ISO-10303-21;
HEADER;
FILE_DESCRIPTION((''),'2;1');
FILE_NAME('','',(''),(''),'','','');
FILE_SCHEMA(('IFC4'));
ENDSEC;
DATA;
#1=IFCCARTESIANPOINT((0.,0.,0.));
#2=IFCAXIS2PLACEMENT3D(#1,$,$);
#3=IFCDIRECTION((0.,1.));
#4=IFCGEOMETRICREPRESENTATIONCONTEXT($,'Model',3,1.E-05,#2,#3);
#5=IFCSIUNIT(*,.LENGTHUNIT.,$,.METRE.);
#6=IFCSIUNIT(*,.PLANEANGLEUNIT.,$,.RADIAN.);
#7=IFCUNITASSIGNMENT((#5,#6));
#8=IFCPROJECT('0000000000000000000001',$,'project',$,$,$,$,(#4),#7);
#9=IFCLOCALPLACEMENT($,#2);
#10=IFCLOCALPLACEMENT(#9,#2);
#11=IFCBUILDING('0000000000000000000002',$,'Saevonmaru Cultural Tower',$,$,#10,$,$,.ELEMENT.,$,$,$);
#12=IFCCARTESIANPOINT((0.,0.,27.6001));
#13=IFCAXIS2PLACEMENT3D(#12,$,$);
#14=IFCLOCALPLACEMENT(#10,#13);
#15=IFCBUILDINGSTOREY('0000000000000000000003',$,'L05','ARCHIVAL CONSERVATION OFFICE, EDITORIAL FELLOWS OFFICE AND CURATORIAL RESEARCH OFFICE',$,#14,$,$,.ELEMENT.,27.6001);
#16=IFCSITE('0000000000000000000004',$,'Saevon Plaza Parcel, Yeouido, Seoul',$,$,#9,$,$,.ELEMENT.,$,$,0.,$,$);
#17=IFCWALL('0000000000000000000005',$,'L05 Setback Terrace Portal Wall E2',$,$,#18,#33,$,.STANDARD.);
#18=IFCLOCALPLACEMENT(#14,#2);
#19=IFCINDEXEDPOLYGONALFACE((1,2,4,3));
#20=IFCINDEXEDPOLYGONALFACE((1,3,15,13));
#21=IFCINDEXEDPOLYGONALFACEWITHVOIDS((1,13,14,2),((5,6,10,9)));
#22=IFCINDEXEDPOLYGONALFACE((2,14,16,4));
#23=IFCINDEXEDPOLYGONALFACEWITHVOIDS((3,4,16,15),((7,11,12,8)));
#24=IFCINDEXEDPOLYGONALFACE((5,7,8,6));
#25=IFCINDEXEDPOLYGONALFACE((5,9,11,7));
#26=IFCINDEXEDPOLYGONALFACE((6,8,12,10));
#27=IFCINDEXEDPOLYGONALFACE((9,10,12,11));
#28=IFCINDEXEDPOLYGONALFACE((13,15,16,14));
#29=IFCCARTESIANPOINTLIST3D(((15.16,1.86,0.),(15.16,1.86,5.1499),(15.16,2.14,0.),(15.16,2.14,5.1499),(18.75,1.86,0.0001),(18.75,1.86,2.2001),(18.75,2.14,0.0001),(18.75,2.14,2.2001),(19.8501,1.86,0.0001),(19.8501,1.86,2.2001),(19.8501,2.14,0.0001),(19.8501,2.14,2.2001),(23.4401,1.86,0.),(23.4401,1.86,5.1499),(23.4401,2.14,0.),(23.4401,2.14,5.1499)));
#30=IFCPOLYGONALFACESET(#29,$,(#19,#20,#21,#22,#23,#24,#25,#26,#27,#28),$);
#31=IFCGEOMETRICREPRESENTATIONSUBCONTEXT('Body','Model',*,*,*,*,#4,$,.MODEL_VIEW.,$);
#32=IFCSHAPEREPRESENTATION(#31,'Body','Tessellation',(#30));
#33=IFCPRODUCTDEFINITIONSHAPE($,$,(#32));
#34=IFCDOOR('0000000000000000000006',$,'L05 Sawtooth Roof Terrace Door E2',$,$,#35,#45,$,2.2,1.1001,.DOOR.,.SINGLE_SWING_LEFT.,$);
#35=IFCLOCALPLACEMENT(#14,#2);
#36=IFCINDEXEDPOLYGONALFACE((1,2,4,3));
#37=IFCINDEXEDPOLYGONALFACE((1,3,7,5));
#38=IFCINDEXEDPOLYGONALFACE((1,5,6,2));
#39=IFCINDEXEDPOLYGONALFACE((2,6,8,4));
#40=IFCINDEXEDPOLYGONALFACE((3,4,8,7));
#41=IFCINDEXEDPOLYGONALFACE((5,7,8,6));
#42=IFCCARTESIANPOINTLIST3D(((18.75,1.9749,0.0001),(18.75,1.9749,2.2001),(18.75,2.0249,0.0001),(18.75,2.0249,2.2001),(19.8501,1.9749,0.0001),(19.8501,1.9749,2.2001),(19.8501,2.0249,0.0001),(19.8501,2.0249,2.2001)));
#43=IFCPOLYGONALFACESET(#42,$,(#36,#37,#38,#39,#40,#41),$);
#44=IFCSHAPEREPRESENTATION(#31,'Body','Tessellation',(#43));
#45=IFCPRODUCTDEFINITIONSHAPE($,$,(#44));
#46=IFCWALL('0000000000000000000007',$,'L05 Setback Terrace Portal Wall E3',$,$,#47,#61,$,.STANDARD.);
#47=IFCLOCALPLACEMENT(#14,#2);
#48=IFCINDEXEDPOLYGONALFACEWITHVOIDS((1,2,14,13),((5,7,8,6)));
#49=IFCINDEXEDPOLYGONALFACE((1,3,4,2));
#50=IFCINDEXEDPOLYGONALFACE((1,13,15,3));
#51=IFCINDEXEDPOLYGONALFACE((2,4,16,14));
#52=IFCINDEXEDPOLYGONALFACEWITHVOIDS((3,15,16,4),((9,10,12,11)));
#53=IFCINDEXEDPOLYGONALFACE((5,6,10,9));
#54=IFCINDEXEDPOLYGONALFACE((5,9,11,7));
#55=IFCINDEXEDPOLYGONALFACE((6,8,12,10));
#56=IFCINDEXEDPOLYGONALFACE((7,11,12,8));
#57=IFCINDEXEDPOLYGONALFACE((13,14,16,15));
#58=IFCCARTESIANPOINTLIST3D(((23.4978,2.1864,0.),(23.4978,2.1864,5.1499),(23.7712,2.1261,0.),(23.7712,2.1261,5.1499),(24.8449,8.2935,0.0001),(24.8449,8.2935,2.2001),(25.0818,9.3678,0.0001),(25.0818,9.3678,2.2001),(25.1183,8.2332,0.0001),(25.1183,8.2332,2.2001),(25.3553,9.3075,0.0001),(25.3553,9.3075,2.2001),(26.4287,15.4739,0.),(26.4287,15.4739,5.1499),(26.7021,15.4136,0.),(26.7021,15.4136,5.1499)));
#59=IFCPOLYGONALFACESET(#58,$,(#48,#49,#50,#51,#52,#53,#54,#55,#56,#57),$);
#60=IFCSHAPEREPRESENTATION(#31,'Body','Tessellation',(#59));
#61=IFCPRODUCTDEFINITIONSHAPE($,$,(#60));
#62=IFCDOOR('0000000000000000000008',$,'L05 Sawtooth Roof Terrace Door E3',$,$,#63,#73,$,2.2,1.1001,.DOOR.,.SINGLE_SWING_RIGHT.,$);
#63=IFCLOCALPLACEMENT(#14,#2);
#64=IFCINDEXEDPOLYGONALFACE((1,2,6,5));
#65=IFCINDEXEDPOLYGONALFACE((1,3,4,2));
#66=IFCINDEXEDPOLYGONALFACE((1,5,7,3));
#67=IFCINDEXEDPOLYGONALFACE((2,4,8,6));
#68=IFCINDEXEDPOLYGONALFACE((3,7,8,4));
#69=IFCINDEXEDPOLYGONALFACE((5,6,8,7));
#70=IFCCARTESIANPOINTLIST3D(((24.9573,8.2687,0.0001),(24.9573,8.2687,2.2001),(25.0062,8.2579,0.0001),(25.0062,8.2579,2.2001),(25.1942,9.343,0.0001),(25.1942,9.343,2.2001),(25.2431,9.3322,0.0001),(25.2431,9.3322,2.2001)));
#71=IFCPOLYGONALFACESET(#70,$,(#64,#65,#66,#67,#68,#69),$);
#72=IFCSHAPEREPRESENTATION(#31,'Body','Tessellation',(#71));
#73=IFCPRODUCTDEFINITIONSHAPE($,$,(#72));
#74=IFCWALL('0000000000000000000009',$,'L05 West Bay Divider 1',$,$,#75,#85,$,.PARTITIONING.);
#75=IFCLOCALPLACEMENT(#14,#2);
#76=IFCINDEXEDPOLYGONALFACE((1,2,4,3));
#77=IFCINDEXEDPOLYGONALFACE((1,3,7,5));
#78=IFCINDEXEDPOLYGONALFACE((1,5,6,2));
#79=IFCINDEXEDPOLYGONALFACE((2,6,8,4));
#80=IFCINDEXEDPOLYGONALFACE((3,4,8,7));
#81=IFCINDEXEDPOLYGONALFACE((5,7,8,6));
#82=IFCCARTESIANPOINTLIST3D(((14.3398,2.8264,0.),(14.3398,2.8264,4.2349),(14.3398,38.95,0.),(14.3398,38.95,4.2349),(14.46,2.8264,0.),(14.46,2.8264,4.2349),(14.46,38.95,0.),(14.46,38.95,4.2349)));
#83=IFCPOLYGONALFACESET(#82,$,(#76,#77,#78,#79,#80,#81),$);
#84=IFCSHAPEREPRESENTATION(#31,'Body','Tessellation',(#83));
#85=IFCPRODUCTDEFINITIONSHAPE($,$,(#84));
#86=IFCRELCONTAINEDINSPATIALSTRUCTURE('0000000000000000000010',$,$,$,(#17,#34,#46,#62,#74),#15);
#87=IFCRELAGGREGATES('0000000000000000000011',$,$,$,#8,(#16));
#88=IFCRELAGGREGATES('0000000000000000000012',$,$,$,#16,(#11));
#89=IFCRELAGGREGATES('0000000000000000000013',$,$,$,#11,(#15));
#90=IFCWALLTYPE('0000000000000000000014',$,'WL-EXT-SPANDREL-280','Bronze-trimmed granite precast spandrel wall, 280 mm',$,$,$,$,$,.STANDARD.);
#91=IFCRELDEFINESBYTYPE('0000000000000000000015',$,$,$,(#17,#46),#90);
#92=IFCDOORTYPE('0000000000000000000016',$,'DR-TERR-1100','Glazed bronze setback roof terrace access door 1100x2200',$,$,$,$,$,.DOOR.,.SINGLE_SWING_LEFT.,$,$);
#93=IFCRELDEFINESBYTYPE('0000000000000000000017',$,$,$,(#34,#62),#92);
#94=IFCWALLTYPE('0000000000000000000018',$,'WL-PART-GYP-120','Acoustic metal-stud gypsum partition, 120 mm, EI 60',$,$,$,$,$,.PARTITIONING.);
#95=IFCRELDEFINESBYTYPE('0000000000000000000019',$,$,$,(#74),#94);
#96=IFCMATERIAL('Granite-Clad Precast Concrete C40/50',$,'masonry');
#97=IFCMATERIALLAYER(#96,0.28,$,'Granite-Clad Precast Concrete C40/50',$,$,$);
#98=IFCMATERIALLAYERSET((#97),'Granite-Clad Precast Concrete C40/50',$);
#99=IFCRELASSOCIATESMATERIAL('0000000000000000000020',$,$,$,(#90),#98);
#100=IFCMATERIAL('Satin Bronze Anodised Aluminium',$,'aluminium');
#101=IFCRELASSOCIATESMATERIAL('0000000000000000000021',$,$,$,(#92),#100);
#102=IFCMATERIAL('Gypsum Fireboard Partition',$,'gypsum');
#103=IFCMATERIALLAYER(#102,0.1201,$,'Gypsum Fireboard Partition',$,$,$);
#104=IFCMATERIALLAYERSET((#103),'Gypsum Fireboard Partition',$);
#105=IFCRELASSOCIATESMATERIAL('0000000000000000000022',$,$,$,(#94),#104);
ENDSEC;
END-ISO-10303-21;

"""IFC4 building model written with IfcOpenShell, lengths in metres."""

from ifc_helpers import new_model, si_unit, direction, frame, frame_2d, origin, place, context, subcontext, project, spatial, rectangle, extrude, material, layer, layer_set, type_object, element, fill, save


model = new_model("IFC4")

# Units and contexts
model_context = context("Model", 3, precision=1e-05, world=origin(), true_north=direction((0.0, 1.0)))
body_context = subcontext(model_context, "Body", "Model", "MODEL_VIEW")
ifc_project = project(units=[si_unit("LENGTHUNIT", "METRE"), si_unit("PLANEANGLEUNIT", "RADIAN")], contexts=[model_context])

# Site, building, storey
site_placement = place(None, origin())
site = spatial("IfcSite", under=ifc_project, at=site_placement, Name="Saevon Plaza Parcel, Yeouido, Seoul", CompositionType="ELEMENT", RefElevation=0.0)
building_placement = place(site_placement, origin())
building = spatial("IfcBuilding", under=site, at=building_placement, Name="Saevonmaru Cultural Tower", CompositionType="ELEMENT")
storey_placement = place(building_placement, frame((0.0, 0.0, 27.6001)))
storey = spatial("IfcBuildingStorey", under=building, at=storey_placement, Name="L05", Description="ARCHIVAL CONSERVATION OFFICE, EDITORIAL FELLOWS OFFICE AND CURATORIAL RESEARCH OFFICE", CompositionType="ELEMENT", Elevation=27.6001)

# Shared definitions
ifc_material_1 = material(Name="Granite-Clad Precast Concrete C40/50", Category="masonry")
ifc_layer_1 = layer(ifc_material_1, 0.28, Name="Granite-Clad Precast Concrete C40/50")
ifc_layer_set_1 = layer_set([ifc_layer_1], Name="Granite-Clad Precast Concrete C40/50")
wall_type_1 = type_object("IfcWallType", Name="WL-EXT-SPANDREL-280", Description="Bronze-trimmed granite precast spandrel wall, 280 mm", PredefinedType="STANDARD", material=ifc_layer_set_1)

# Walls, openings, doors
wall_1_placement = place(storey_placement, frame((15.1599, 2.0, 0.0), z_axis=(0.0, 0.0, 1.0), x_axis=(1.0, 0.0, 0.0)))
wall_1 = element("IfcWall", 1, at=wall_1_placement, inside=storey, type_object=wall_type_1, Name="L05 Setback Terrace Portal Wall E2", PredefinedType="STANDARD", context=body_context, shape_type="SweptSolid", body=[
    extrude(rectangle(XDim=8.28, YDim=0.28, at=frame_2d((4.1401, 0.0))), origin(), (0.0, 0.0, 1.0), 5.1499),
])
opening_1_placement = place(wall_1_placement, frame((3.5901, 0.0, 0.0)))
opening_1 = element("IfcOpeningElement", 2, at=opening_1_placement, cuts=wall_1, PredefinedType="OPENING", context=body_context, shape_type="SweptSolid", body=[
    extrude(rectangle(XDim=1.1001, YDim=2.2, at=frame_2d((0.55, 1.1001))), frame((0.0, 0.1499, 0.0), z_axis=(0.0, -1.0, 0.0), x_axis=(1.0, 0.0, 0.0)), (0.0, 0.0, 1.0), 0.3),
])
ifc_material_2 = material(Name="Satin Bronze Anodised Aluminium", Category="aluminium")
door_type = type_object("IfcDoorType", Name="DR-TERR-1100", Description="Glazed bronze setback roof terrace access door 1100x2200", OperationType="SINGLE_SWING_LEFT", PredefinedType="DOOR", material=ifc_material_2)
door_1_placement = place(opening_1_placement, origin())
door_1 = element("IfcDoor", 3, at=door_1_placement, inside=storey, type_object=door_type, Name="L05 Sawtooth Roof Terrace Door E2", OperationType="SINGLE_SWING_LEFT", OverallHeight=2.2, OverallWidth=1.1001, PredefinedType="DOOR", context=body_context, shape_type="SweptSolid", body=[
    extrude(rectangle(XDim=1.1001, YDim=2.2, at=frame_2d((0.55, 1.1001))), frame((0.0, 0.0249, 0.0), z_axis=(0.0, -1.0, 0.0), x_axis=(1.0, 0.0, 0.0)), (0.0, 0.0, 1.0), 0.05),
])
fill(opening_1, door_1)
wall_2_placement = place(storey_placement, frame((23.6345, 2.1562, 0.0), z_axis=(0.0, 0.0, 1.0), x_axis=(0.215397, 0.976527, 0.0)))
wall_2 = element("IfcWall", 4, at=wall_2_placement, inside=storey, type_object=wall_type_1, Name="L05 Setback Terrace Portal Wall E3", PredefinedType="STANDARD", context=body_context, shape_type="SweptSolid", body=[
    extrude(rectangle(XDim=13.6069, YDim=0.28, at=frame_2d((6.8035, 0.0))), origin(), (0.0, 0.0, 1.0), 5.1499),
])
opening_2_placement = place(wall_2_placement, frame((6.2539, 0.0, 0.0)))
opening_2 = element("IfcOpeningElement", 5, at=opening_2_placement, cuts=wall_2, PredefinedType="OPENING", context=body_context, shape_type="SweptSolid", body=[
    extrude(rectangle(XDim=1.1001, YDim=2.2, at=frame_2d((0.55, 1.1001))), frame((0.0, 0.1499, 0.0), z_axis=(0.0, -1.0, 0.0), x_axis=(1.0, 0.0, 0.0)), (0.0, 0.0, 1.0), 0.3),
])
door_2_placement = place(opening_2_placement, origin())
door_2 = element("IfcDoor", 6, at=door_2_placement, inside=storey, type_object=door_type, Name="L05 Sawtooth Roof Terrace Door E3", OperationType="SINGLE_SWING_RIGHT", OverallHeight=2.2, OverallWidth=1.1001, PredefinedType="DOOR", context=body_context, shape_type="SweptSolid", body=[
    extrude(rectangle(XDim=1.1001, YDim=2.2, at=frame_2d((0.55, 1.1001))), frame((0.0, 0.0249, 0.0), z_axis=(0.0, -1.0, 0.0), x_axis=(1.0, 0.0, 0.0)), (0.0, 0.0, 1.0), 0.05),
])
fill(opening_2, door_2)

# Wall
ifc_material_3 = material(Name="Gypsum Fireboard Partition", Category="gypsum")
ifc_layer_2 = layer(ifc_material_3, 0.1201, Name="Gypsum Fireboard Partition")
ifc_layer_set_2 = layer_set([ifc_layer_2], Name="Gypsum Fireboard Partition")
wall_type_2 = type_object("IfcWallType", Name="WL-PART-GYP-120", Description="Acoustic metal-stud gypsum partition, 120 mm, EI 60", PredefinedType="PARTITIONING", material=ifc_layer_set_2)
wall_3_placement = place(storey_placement, frame((14.3999, 2.8264, 0.0), z_axis=(0.0, 0.0, 1.0), x_axis=(0.0, 1.0, 0.0)))
element("IfcWall", 7, at=wall_3_placement, inside=storey, type_object=wall_type_2, Name="L05 West Bay Divider 1", PredefinedType="PARTITIONING", context=body_context, shape_type="SweptSolid", body=[
    extrude(rectangle(XDim=36.1235, YDim=0.1201, at=frame_2d((18.0618, 0.0))), origin(), (0.0, 0.0, 1.0), 4.2349),
])

save(model, "model.ifc")
